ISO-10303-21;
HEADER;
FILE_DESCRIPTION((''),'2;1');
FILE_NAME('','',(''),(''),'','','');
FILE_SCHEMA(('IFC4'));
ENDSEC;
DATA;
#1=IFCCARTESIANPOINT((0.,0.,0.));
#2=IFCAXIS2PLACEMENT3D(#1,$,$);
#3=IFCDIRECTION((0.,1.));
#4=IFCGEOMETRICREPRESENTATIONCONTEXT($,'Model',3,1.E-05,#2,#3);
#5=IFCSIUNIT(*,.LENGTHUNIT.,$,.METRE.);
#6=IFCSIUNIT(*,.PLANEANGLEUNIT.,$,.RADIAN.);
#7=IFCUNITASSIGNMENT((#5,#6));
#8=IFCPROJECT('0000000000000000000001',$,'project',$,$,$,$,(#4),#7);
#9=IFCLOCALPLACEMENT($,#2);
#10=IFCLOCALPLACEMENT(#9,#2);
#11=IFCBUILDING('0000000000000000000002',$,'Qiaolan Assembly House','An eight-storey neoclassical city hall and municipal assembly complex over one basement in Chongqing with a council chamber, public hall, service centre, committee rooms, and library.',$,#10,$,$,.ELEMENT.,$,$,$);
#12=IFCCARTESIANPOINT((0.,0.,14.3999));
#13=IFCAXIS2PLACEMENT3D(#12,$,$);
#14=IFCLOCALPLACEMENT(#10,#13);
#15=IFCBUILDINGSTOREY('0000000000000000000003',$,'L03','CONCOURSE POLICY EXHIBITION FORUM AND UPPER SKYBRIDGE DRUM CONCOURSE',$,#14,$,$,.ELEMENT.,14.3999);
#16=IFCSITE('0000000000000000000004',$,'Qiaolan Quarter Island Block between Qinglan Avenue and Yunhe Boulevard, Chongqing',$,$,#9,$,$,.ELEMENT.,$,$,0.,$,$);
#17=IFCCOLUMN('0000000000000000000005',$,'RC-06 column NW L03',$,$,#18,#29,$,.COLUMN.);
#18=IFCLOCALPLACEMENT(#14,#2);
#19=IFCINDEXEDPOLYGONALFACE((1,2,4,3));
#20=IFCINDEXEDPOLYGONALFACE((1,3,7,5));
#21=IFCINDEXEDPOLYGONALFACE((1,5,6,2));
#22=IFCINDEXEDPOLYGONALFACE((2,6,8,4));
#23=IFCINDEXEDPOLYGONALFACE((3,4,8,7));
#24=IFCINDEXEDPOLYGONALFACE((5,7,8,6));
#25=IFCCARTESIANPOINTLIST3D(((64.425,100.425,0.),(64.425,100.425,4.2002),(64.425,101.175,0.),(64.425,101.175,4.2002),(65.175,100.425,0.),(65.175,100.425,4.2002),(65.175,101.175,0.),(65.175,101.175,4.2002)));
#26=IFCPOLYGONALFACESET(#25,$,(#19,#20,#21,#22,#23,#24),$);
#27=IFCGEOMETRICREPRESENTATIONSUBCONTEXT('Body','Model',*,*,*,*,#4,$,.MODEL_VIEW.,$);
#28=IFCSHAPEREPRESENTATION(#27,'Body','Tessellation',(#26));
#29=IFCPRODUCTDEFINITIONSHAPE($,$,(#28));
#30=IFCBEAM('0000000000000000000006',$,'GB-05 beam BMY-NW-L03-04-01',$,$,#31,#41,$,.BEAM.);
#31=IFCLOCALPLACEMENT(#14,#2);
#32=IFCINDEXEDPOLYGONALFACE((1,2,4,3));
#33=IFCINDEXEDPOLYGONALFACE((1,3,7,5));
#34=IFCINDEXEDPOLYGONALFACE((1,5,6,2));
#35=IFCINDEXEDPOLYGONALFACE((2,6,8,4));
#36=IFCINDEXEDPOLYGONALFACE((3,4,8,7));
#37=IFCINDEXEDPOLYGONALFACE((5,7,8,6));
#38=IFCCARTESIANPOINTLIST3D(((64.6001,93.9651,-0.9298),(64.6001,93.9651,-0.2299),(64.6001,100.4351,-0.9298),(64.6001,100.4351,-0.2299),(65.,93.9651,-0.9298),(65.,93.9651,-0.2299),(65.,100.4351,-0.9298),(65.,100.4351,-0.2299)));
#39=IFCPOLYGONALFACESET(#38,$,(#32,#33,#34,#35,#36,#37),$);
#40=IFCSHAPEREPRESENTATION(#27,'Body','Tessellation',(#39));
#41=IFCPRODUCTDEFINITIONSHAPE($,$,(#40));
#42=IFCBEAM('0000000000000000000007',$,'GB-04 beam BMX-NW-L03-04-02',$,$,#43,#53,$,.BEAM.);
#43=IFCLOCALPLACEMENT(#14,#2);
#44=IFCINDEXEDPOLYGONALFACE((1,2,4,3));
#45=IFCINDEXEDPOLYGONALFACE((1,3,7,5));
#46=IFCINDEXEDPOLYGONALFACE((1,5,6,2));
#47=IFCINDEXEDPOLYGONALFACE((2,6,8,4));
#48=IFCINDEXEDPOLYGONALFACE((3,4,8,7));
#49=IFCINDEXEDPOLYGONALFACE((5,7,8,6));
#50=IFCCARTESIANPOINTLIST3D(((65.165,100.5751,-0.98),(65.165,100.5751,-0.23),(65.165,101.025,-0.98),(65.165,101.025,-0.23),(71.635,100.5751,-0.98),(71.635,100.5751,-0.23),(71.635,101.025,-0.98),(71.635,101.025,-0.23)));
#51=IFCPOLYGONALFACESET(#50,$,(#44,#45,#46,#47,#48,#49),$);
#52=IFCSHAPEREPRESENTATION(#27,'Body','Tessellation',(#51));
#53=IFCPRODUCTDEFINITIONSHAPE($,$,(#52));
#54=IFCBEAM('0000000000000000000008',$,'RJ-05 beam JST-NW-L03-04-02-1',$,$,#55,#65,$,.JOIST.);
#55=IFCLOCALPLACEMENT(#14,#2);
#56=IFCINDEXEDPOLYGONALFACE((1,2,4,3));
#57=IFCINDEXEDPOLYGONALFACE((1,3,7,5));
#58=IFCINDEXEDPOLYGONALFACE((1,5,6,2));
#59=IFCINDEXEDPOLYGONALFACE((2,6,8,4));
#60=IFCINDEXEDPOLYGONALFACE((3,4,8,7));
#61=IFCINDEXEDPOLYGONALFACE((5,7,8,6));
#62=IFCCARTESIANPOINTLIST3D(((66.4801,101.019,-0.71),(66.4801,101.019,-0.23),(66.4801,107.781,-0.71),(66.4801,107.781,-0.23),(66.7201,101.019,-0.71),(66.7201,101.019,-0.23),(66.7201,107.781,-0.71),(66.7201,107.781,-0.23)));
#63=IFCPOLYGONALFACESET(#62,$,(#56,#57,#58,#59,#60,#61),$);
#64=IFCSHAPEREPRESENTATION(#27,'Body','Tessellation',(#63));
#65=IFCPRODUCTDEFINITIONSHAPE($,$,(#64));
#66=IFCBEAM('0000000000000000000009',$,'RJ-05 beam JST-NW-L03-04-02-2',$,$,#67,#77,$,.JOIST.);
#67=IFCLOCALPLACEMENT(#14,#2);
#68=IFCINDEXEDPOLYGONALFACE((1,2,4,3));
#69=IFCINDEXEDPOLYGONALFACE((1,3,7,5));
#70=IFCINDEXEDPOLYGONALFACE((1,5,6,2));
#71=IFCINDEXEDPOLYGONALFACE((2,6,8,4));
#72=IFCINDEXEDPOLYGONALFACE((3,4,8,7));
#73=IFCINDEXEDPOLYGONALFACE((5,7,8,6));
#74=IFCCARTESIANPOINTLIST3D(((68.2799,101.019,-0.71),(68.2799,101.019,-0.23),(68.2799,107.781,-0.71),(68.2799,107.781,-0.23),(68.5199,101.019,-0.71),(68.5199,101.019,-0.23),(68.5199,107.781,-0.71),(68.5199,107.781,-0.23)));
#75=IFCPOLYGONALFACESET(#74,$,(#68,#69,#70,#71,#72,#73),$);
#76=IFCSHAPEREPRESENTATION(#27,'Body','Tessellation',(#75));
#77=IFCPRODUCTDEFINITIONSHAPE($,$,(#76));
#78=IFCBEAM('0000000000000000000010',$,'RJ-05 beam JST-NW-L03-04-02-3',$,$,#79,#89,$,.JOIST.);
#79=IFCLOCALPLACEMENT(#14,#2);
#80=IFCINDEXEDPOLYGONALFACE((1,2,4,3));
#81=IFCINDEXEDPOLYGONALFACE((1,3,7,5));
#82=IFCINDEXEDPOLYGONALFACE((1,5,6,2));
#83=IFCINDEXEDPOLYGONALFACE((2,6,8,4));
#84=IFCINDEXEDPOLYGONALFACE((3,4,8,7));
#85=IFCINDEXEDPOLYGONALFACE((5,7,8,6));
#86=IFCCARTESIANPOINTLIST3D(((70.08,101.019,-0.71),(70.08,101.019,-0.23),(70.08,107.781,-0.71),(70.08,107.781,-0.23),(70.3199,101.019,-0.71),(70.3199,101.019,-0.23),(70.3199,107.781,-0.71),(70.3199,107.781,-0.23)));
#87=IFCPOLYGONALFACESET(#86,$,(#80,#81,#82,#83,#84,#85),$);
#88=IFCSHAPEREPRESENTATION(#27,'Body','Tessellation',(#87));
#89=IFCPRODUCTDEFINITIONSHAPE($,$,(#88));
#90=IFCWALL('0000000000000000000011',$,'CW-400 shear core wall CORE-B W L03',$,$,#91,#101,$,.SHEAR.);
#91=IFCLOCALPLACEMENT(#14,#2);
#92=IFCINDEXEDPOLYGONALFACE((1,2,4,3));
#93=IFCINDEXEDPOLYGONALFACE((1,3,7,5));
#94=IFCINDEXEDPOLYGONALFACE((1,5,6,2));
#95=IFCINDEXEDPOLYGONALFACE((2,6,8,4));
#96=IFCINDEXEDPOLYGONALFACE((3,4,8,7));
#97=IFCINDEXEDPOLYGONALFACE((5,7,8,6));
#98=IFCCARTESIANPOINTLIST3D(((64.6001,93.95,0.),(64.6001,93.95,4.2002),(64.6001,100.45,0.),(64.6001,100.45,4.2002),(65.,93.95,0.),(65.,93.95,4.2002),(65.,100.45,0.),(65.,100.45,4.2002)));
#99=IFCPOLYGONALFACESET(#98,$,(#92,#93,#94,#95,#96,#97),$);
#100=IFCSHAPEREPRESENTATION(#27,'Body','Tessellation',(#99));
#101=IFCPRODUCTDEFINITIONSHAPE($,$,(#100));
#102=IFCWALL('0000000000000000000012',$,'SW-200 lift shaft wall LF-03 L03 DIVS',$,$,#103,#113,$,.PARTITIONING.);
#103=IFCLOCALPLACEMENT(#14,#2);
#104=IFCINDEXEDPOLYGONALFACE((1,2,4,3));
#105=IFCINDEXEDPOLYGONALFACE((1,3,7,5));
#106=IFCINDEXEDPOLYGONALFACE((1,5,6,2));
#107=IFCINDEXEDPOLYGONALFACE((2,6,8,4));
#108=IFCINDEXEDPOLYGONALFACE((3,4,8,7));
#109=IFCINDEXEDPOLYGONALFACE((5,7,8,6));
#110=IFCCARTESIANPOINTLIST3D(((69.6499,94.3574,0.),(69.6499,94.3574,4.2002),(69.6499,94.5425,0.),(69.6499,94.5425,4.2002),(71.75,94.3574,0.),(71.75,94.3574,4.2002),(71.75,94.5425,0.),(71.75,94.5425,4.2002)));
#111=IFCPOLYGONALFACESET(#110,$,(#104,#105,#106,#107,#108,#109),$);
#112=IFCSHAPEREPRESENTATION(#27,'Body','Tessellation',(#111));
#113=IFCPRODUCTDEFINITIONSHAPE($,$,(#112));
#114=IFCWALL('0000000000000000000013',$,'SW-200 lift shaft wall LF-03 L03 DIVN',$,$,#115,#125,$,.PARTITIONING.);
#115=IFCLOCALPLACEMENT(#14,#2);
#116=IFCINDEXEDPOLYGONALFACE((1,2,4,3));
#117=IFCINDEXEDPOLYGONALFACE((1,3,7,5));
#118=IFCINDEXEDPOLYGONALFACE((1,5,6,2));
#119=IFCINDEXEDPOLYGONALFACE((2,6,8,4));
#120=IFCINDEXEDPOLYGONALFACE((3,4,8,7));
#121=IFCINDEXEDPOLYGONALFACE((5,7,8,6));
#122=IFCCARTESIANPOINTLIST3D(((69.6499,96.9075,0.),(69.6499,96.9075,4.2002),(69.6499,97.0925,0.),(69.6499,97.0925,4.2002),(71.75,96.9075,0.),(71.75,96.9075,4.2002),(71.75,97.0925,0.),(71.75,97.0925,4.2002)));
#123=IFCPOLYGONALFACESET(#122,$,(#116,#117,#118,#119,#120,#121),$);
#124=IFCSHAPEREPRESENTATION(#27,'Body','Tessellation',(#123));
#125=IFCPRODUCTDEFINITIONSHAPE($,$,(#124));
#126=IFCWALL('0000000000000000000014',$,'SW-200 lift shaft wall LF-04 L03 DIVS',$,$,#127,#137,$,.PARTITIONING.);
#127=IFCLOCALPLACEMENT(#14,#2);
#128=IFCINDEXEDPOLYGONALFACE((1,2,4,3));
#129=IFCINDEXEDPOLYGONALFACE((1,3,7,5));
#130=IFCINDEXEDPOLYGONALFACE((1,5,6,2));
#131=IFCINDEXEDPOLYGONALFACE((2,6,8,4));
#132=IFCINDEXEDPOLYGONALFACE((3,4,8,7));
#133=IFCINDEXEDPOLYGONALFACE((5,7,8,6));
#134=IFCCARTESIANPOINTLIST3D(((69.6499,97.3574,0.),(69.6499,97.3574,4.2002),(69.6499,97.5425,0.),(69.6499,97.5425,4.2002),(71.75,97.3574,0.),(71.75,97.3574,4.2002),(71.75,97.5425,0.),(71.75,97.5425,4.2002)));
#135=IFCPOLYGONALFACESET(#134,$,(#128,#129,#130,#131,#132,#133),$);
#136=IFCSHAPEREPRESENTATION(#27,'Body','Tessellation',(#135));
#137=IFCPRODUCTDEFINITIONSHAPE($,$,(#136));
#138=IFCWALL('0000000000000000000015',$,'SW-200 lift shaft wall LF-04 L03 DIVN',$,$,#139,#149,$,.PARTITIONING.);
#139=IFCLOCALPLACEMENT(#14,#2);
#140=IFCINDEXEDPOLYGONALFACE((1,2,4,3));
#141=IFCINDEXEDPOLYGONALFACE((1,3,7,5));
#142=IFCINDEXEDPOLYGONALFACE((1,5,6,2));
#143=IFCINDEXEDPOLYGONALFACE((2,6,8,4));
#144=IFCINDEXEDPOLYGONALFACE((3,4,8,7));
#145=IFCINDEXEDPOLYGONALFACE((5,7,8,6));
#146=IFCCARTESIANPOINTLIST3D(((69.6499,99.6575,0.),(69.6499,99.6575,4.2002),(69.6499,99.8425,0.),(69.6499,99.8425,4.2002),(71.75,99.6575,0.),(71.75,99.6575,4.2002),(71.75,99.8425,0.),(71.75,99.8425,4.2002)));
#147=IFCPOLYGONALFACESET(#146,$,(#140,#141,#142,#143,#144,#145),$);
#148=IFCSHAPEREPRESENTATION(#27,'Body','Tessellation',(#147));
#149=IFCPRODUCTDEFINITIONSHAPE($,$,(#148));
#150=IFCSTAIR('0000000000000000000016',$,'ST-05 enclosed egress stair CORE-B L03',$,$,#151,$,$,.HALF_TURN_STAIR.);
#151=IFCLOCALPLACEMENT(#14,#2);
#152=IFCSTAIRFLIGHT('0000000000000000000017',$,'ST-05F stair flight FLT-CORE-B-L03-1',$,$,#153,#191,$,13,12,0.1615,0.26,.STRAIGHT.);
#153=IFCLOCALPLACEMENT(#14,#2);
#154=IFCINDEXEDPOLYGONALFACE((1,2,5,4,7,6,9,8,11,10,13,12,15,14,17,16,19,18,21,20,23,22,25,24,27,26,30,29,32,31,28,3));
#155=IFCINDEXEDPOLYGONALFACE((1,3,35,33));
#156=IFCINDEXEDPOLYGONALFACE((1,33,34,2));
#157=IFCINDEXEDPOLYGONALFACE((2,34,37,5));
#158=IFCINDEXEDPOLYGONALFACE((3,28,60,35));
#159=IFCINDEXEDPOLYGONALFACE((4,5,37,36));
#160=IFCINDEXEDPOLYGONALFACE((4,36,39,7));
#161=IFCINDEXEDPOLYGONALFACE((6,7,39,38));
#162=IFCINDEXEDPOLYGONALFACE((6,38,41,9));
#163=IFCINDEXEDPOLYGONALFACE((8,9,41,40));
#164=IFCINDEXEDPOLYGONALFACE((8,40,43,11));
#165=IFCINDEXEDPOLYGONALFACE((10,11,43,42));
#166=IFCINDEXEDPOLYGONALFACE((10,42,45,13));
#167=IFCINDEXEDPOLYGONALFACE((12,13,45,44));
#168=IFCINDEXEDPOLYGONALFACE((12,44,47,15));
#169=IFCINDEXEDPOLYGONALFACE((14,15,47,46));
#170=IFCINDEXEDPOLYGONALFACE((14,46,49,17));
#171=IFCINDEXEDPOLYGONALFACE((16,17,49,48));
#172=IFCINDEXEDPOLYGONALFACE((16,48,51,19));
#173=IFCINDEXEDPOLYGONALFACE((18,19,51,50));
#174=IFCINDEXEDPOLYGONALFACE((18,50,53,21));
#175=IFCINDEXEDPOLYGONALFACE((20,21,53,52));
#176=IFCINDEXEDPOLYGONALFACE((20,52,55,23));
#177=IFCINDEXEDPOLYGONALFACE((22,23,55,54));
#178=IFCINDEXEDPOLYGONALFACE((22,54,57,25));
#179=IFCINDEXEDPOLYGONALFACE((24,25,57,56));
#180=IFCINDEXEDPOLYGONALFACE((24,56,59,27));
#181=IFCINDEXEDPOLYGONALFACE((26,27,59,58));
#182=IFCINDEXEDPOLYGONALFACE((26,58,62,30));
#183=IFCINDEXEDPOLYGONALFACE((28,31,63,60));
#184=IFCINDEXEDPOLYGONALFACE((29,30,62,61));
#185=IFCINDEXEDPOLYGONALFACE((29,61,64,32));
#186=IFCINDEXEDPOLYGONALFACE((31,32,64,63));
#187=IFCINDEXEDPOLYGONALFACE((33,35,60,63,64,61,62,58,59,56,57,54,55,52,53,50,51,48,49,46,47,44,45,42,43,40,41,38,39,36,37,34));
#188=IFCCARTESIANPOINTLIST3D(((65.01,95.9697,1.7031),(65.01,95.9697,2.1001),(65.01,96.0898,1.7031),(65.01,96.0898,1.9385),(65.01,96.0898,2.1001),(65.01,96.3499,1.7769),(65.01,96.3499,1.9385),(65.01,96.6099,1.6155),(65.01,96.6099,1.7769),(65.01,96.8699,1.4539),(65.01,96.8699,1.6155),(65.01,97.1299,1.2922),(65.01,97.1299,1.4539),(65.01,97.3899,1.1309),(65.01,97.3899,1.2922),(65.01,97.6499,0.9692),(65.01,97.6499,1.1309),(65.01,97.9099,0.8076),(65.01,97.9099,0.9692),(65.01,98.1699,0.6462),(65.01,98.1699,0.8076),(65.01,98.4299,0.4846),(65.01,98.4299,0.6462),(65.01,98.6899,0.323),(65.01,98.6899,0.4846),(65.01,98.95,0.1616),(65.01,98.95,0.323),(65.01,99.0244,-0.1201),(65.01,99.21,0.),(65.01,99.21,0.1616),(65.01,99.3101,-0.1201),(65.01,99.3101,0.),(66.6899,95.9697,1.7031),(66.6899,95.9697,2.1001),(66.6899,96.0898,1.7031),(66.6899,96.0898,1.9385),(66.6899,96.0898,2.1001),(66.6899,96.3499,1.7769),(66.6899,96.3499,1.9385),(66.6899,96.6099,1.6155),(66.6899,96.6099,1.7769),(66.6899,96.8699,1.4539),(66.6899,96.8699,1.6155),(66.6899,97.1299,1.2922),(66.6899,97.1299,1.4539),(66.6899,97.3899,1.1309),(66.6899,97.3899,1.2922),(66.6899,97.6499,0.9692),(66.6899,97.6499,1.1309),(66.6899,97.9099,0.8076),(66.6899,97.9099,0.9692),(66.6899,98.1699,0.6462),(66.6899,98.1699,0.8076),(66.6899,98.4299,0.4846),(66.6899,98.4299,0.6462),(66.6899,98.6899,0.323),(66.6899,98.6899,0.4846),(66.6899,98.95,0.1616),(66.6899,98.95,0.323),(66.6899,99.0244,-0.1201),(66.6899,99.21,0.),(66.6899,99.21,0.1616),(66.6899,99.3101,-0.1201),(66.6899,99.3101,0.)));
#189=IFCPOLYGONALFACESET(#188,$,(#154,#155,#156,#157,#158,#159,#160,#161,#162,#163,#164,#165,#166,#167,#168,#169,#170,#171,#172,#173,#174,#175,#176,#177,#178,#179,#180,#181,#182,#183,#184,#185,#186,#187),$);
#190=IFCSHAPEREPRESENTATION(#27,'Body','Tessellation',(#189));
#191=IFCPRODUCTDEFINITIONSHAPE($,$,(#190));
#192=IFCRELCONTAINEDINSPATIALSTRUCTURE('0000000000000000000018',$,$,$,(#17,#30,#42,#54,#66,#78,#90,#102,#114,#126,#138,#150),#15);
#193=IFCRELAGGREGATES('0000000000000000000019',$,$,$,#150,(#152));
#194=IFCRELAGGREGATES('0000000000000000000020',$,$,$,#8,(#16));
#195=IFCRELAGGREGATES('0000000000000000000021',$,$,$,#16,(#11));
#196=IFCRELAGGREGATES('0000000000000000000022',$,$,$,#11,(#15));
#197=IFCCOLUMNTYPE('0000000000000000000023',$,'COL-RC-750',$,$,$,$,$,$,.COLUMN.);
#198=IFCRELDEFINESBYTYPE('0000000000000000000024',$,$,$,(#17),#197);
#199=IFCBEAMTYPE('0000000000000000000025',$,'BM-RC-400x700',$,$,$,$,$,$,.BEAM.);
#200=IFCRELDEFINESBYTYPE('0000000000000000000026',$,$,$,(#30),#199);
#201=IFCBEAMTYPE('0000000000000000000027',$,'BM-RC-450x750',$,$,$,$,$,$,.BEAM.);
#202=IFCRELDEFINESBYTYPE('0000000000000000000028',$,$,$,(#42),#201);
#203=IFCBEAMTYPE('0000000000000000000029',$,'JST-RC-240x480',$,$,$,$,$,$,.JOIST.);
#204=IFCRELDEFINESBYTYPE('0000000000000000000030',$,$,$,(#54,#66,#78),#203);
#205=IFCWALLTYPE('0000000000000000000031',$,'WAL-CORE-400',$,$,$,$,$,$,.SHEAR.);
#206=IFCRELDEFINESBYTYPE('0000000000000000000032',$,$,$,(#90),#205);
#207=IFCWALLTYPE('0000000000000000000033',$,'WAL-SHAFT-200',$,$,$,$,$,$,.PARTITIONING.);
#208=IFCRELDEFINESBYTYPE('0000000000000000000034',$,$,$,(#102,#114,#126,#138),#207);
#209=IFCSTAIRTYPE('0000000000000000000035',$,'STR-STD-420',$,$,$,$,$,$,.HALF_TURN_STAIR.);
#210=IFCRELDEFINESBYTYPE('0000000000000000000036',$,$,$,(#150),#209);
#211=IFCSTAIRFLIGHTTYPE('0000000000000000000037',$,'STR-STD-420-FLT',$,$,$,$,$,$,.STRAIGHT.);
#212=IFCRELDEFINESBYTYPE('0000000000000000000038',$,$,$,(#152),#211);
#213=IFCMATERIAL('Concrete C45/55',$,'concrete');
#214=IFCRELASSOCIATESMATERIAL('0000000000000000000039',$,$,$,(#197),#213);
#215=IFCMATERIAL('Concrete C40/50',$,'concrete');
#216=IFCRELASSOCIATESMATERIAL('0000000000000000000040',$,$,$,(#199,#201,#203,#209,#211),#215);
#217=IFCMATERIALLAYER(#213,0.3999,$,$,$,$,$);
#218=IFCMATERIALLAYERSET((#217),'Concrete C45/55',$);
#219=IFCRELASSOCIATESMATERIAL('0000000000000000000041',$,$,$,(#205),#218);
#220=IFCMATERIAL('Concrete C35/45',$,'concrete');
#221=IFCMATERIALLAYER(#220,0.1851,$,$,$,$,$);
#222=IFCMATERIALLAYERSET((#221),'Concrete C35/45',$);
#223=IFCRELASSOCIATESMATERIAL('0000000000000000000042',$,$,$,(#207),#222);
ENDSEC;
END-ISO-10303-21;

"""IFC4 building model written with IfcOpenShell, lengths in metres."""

from ifc_helpers import new_model, si_unit, direction, frame, frame_2d, origin, origin_2d, place, context, subcontext, project, spatial, polyline, rectangle, outline, extrude, material, layer, layer_set, material_profile, profile_set, type_object, element, aggregate, save


model = new_model("IFC4")

# Units and contexts
model_context = context("Model", 3, precision=1e-05, world=origin(), true_north=direction((0.0, 1.0)))
body_context = subcontext(model_context, "Body", "Model", "MODEL_VIEW")
ifc_project = project(units=[si_unit("LENGTHUNIT", "METRE"), si_unit("PLANEANGLEUNIT", "RADIAN")], contexts=[model_context])

# Site, building, storey
site_placement = place(None, origin())
site = spatial("IfcSite", under=ifc_project, at=site_placement, Name="Qiaolan Quarter Island Block between Qinglan Avenue and Yunhe Boulevard, Chongqing", CompositionType="ELEMENT", RefElevation=0.0)
building_placement = place(site_placement, origin())
building = spatial("IfcBuilding", under=site, at=building_placement, Name="Qiaolan Assembly House", Description="An eight-storey neoclassical city hall and municipal assembly complex over one basement in Chongqing with a council chamber, public hall, service centre, committee rooms, and library.", CompositionType="ELEMENT")
storey_placement = place(building_placement, frame((0.0, 0.0, 14.3999)))
storey = spatial("IfcBuildingStorey", under=building, at=storey_placement, Name="L03", Description="CONCOURSE POLICY EXHIBITION FORUM AND UPPER SKYBRIDGE DRUM CONCOURSE", CompositionType="ELEMENT", Elevation=14.3999)

# Column
ifc_material_1 = material(Name="Concrete C45/55", Category="concrete")
ifc_material_profile_1 = material_profile(ifc_material_1, rectangle(XDim=0.75, YDim=0.75, at=origin_2d()), Name="RC 750x750")
ifc_profile_set_1 = profile_set([ifc_material_profile_1], Name="Concrete C45/55")
column_type = type_object("IfcColumnType", Name="COL-RC-750", PredefinedType="COLUMN", material=ifc_profile_set_1)
column_placement = place(storey_placement, frame((64.8, 100.8, 0.0), z_axis=(0.0, 0.0, 1.0), x_axis=(1.0, 0.0, 0.0)))
element("IfcColumn", 1, at=column_placement, inside=storey, type_object=column_type, Name="RC-06 column NW L03", PredefinedType="COLUMN", context=body_context, shape_type="SweptSolid", body=[
    extrude(rectangle(XDim=0.75, YDim=0.75, at=origin_2d()), origin(), (0.0, 0.0, 1.0), 4.2002),
])

# Beams
ifc_material_2 = material(Name="Concrete C40/50", Category="concrete")
ifc_material_profile_2 = material_profile(ifc_material_2, rectangle(XDim=0.3999, YDim=0.7, at=origin_2d()), Name="RCB 400x700")
ifc_profile_set_2 = profile_set([ifc_material_profile_2], Name="Concrete C40/50")
beam_type_1 = type_object("IfcBeamType", Name="BM-RC-400x700", PredefinedType="BEAM", material=ifc_profile_set_2)
beam_1_placement = place(storey_placement, frame((64.8, 93.9651, -0.5798), z_axis=(0.0, 1.0, 0.0), x_axis=(-1.0, 0.0, 0.0)))
element("IfcBeam", 2, at=beam_1_placement, inside=storey, type_object=beam_type_1, Name="GB-05 beam BMY-NW-L03-04-01", PredefinedType="BEAM", context=body_context, shape_type="SweptSolid", body=[
    extrude(rectangle(XDim=0.3999, YDim=0.7, at=origin_2d()), origin(), (0.0, 0.0, 1.0), 6.47),
])
ifc_material_profile_3 = material_profile(ifc_material_2, rectangle(XDim=0.45, YDim=0.75, at=origin_2d()), Name="RCB 450x750")
ifc_profile_set_3 = profile_set([ifc_material_profile_3], Name="Concrete C40/50")
beam_type_2 = type_object("IfcBeamType", Name="BM-RC-450x750", PredefinedType="BEAM", material=ifc_profile_set_3)
beam_2_placement = place(storey_placement, frame((65.165, 100.8, -0.605), z_axis=(1.0, 0.0, 0.0), x_axis=(0.0, 1.0, 0.0)))
element("IfcBeam", 3, at=beam_2_placement, inside=storey, type_object=beam_type_2, Name="GB-04 beam BMX-NW-L03-04-02", PredefinedType="BEAM", context=body_context, shape_type="SweptSolid", body=[
    extrude(rectangle(XDim=0.45, YDim=0.75, at=origin_2d()), origin(), (0.0, 0.0, 1.0), 6.47),
])
ifc_material_profile_4 = material_profile(ifc_material_2, rectangle(XDim=0.24, YDim=0.48, at=origin_2d()), Name="RCB 240x480")
ifc_profile_set_4 = profile_set([ifc_material_profile_4], Name="Concrete C40/50")
beam_type_3 = type_object("IfcBeamType", Name="JST-RC-240x480", PredefinedType="JOIST", material=ifc_profile_set_4)
for number, where, z_axis, x_axis, name in (
    (4, (66.6001, 101.019, -0.47), (0.0, 1.0, 0.0), (-1.0, 0.0, 0.0), "RJ-05 beam JST-NW-L03-04-02-1"),
    (5, (68.3999, 101.019, -0.47), (0.0, 1.0, 0.0), (-1.0, 0.0, 0.0), "RJ-05 beam JST-NW-L03-04-02-2"),
    (6, (70.2, 101.019, -0.47), (0.0, 1.0, 0.0), (-1.0, 0.0, 0.0), "RJ-05 beam JST-NW-L03-04-02-3"),
):
    element("IfcBeam", number, at=place(storey_placement, frame(where, z_axis=z_axis, x_axis=x_axis)), inside=storey, type_object=beam_type_3, Name=name, PredefinedType="JOIST", context=body_context, shape_type="SweptSolid", body=[
        extrude(rectangle(XDim=0.24, YDim=0.48, at=origin_2d()), origin(), (0.0, 0.0, 1.0), 6.762),
    ])

# Walls
ifc_layer_1 = layer(ifc_material_1, 0.3999)
ifc_layer_set_1 = layer_set([ifc_layer_1], Name="Concrete C45/55")
wall_type_1 = type_object("IfcWallType", Name="WAL-CORE-400", PredefinedType="SHEAR", material=ifc_layer_set_1)
wall_placement = place(storey_placement, frame((64.8, 100.45, 0.0), z_axis=(0.0, 0.0, 1.0), x_axis=(0.0, -1.0, 0.0)))
element("IfcWall", 7, at=wall_placement, inside=storey, type_object=wall_type_1, Name="CW-400 shear core wall CORE-B W L03", PredefinedType="SHEAR", context=body_context, shape_type="SweptSolid", body=[
    extrude(rectangle(XDim=6.5, YDim=0.3999, at=frame_2d((3.25, 0.0))), origin(), (0.0, 0.0, 1.0), 4.2002),
])
ifc_material_3 = material(Name="Concrete C35/45", Category="concrete")
ifc_layer_2 = layer(ifc_material_3, 0.1851)
ifc_layer_set_2 = layer_set([ifc_layer_2], Name="Concrete C35/45")
wall_type_2 = type_object("IfcWallType", Name="WAL-SHAFT-200", PredefinedType="PARTITIONING", material=ifc_layer_set_2)
for number, where, z_axis, x_axis, name in (
    (8, (69.6499, 94.45, 0.0), (0.0, 0.0, 1.0), (1.0, 0.0, 0.0), "SW-200 lift shaft wall LF-03 L03 DIVS"),
    (9, (69.6499, 97.0, 0.0), (0.0, 0.0, 1.0), (1.0, 0.0, 0.0), "SW-200 lift shaft wall LF-03 L03 DIVN"),
    (10, (69.6499, 97.45, 0.0), (0.0, 0.0, 1.0), (1.0, 0.0, 0.0), "SW-200 lift shaft wall LF-04 L03 DIVS"),
    (11, (69.6499, 99.75, 0.0), (0.0, 0.0, 1.0), (1.0, 0.0, 0.0), "SW-200 lift shaft wall LF-04 L03 DIVN"),
):
    element("IfcWall", number, at=place(storey_placement, frame(where, z_axis=z_axis, x_axis=x_axis)), inside=storey, type_object=wall_type_2, Name=name, PredefinedType="PARTITIONING", context=body_context, shape_type="SweptSolid", body=[
        extrude(rectangle(XDim=2.1001, YDim=0.1851, at=frame_2d((1.05, 0.0))), origin(), (0.0, 0.0, 1.0), 4.2002),
    ])

# Stair, stair flight
stair_type = type_object("IfcStairType", Name="STR-STD-420", PredefinedType="HALF_TURN_STAIR", material=ifc_material_2)
stair_placement = place(storey_placement, origin())
stair = element("IfcStair", 12, at=stair_placement, inside=storey, type_object=stair_type, Name="ST-05 enclosed egress stair CORE-B L03", PredefinedType="HALF_TURN_STAIR")
stair_flight_type = type_object("IfcStairFlightType", Name="STR-STD-420-FLT", PredefinedType="STRAIGHT", material=ifc_material_2)
stair_flight_1_placement = place(storey_placement, frame((65.8501, 99.21, 0.0), z_axis=(0.0, 0.0, 1.0), x_axis=(0.0, -1.0, 0.0)))
stair_flight_1 = element("IfcStairFlight", 13, at=stair_flight_1_placement, type_object=stair_flight_type, Name="ST-05F stair flight FLT-CORE-B-L03-1", NumberOfRisers=13, NumberOfTreads=12, PredefinedType="STRAIGHT", RiserHeight=0.1615, TreadLength=0.26, context=body_context, shape_type="SweptSolid", body=[
    extrude(outline(polyline([(-0.1001, -0.1201), (-0.1001, 0.0), (0.0, 0.0), (0.0, 0.1616), (0.26, 0.1616), (0.26, 0.323), (0.52, 0.323), (0.52, 0.4846), (0.78, 0.4846), (0.78, 0.6462), (1.04, 0.6462), (1.04, 0.8076), (1.3, 0.8076), (1.3, 0.9692), (1.5601, 0.9692), (1.5601, 1.1309), (1.8201, 1.1309), (1.8201, 1.2922), (2.0801, 1.2922), (2.0801, 1.4539), (2.3401, 1.4539), (2.3401, 1.6155), (2.6001, 1.6155), (2.6001, 1.7769), (2.8601, 1.7769), (2.8601, 1.9385), (3.1201, 1.9385), (3.1201, 2.1001), (3.2402, 2.1001), (3.2402, 1.7031), (3.1201, 1.7031), (0.1855, -0.1201), (-0.1001, -0.1201)])), frame((0.0, 0.8398, 0.0), z_axis=(0.0, -1.0, 0.0), x_axis=(1.0, 0.0, 0.0)), (0.0, 0.0, 1.0), 1.6799),
])
aggregate(stair, [stair_flight_1])

save(model, "model.ifc")
